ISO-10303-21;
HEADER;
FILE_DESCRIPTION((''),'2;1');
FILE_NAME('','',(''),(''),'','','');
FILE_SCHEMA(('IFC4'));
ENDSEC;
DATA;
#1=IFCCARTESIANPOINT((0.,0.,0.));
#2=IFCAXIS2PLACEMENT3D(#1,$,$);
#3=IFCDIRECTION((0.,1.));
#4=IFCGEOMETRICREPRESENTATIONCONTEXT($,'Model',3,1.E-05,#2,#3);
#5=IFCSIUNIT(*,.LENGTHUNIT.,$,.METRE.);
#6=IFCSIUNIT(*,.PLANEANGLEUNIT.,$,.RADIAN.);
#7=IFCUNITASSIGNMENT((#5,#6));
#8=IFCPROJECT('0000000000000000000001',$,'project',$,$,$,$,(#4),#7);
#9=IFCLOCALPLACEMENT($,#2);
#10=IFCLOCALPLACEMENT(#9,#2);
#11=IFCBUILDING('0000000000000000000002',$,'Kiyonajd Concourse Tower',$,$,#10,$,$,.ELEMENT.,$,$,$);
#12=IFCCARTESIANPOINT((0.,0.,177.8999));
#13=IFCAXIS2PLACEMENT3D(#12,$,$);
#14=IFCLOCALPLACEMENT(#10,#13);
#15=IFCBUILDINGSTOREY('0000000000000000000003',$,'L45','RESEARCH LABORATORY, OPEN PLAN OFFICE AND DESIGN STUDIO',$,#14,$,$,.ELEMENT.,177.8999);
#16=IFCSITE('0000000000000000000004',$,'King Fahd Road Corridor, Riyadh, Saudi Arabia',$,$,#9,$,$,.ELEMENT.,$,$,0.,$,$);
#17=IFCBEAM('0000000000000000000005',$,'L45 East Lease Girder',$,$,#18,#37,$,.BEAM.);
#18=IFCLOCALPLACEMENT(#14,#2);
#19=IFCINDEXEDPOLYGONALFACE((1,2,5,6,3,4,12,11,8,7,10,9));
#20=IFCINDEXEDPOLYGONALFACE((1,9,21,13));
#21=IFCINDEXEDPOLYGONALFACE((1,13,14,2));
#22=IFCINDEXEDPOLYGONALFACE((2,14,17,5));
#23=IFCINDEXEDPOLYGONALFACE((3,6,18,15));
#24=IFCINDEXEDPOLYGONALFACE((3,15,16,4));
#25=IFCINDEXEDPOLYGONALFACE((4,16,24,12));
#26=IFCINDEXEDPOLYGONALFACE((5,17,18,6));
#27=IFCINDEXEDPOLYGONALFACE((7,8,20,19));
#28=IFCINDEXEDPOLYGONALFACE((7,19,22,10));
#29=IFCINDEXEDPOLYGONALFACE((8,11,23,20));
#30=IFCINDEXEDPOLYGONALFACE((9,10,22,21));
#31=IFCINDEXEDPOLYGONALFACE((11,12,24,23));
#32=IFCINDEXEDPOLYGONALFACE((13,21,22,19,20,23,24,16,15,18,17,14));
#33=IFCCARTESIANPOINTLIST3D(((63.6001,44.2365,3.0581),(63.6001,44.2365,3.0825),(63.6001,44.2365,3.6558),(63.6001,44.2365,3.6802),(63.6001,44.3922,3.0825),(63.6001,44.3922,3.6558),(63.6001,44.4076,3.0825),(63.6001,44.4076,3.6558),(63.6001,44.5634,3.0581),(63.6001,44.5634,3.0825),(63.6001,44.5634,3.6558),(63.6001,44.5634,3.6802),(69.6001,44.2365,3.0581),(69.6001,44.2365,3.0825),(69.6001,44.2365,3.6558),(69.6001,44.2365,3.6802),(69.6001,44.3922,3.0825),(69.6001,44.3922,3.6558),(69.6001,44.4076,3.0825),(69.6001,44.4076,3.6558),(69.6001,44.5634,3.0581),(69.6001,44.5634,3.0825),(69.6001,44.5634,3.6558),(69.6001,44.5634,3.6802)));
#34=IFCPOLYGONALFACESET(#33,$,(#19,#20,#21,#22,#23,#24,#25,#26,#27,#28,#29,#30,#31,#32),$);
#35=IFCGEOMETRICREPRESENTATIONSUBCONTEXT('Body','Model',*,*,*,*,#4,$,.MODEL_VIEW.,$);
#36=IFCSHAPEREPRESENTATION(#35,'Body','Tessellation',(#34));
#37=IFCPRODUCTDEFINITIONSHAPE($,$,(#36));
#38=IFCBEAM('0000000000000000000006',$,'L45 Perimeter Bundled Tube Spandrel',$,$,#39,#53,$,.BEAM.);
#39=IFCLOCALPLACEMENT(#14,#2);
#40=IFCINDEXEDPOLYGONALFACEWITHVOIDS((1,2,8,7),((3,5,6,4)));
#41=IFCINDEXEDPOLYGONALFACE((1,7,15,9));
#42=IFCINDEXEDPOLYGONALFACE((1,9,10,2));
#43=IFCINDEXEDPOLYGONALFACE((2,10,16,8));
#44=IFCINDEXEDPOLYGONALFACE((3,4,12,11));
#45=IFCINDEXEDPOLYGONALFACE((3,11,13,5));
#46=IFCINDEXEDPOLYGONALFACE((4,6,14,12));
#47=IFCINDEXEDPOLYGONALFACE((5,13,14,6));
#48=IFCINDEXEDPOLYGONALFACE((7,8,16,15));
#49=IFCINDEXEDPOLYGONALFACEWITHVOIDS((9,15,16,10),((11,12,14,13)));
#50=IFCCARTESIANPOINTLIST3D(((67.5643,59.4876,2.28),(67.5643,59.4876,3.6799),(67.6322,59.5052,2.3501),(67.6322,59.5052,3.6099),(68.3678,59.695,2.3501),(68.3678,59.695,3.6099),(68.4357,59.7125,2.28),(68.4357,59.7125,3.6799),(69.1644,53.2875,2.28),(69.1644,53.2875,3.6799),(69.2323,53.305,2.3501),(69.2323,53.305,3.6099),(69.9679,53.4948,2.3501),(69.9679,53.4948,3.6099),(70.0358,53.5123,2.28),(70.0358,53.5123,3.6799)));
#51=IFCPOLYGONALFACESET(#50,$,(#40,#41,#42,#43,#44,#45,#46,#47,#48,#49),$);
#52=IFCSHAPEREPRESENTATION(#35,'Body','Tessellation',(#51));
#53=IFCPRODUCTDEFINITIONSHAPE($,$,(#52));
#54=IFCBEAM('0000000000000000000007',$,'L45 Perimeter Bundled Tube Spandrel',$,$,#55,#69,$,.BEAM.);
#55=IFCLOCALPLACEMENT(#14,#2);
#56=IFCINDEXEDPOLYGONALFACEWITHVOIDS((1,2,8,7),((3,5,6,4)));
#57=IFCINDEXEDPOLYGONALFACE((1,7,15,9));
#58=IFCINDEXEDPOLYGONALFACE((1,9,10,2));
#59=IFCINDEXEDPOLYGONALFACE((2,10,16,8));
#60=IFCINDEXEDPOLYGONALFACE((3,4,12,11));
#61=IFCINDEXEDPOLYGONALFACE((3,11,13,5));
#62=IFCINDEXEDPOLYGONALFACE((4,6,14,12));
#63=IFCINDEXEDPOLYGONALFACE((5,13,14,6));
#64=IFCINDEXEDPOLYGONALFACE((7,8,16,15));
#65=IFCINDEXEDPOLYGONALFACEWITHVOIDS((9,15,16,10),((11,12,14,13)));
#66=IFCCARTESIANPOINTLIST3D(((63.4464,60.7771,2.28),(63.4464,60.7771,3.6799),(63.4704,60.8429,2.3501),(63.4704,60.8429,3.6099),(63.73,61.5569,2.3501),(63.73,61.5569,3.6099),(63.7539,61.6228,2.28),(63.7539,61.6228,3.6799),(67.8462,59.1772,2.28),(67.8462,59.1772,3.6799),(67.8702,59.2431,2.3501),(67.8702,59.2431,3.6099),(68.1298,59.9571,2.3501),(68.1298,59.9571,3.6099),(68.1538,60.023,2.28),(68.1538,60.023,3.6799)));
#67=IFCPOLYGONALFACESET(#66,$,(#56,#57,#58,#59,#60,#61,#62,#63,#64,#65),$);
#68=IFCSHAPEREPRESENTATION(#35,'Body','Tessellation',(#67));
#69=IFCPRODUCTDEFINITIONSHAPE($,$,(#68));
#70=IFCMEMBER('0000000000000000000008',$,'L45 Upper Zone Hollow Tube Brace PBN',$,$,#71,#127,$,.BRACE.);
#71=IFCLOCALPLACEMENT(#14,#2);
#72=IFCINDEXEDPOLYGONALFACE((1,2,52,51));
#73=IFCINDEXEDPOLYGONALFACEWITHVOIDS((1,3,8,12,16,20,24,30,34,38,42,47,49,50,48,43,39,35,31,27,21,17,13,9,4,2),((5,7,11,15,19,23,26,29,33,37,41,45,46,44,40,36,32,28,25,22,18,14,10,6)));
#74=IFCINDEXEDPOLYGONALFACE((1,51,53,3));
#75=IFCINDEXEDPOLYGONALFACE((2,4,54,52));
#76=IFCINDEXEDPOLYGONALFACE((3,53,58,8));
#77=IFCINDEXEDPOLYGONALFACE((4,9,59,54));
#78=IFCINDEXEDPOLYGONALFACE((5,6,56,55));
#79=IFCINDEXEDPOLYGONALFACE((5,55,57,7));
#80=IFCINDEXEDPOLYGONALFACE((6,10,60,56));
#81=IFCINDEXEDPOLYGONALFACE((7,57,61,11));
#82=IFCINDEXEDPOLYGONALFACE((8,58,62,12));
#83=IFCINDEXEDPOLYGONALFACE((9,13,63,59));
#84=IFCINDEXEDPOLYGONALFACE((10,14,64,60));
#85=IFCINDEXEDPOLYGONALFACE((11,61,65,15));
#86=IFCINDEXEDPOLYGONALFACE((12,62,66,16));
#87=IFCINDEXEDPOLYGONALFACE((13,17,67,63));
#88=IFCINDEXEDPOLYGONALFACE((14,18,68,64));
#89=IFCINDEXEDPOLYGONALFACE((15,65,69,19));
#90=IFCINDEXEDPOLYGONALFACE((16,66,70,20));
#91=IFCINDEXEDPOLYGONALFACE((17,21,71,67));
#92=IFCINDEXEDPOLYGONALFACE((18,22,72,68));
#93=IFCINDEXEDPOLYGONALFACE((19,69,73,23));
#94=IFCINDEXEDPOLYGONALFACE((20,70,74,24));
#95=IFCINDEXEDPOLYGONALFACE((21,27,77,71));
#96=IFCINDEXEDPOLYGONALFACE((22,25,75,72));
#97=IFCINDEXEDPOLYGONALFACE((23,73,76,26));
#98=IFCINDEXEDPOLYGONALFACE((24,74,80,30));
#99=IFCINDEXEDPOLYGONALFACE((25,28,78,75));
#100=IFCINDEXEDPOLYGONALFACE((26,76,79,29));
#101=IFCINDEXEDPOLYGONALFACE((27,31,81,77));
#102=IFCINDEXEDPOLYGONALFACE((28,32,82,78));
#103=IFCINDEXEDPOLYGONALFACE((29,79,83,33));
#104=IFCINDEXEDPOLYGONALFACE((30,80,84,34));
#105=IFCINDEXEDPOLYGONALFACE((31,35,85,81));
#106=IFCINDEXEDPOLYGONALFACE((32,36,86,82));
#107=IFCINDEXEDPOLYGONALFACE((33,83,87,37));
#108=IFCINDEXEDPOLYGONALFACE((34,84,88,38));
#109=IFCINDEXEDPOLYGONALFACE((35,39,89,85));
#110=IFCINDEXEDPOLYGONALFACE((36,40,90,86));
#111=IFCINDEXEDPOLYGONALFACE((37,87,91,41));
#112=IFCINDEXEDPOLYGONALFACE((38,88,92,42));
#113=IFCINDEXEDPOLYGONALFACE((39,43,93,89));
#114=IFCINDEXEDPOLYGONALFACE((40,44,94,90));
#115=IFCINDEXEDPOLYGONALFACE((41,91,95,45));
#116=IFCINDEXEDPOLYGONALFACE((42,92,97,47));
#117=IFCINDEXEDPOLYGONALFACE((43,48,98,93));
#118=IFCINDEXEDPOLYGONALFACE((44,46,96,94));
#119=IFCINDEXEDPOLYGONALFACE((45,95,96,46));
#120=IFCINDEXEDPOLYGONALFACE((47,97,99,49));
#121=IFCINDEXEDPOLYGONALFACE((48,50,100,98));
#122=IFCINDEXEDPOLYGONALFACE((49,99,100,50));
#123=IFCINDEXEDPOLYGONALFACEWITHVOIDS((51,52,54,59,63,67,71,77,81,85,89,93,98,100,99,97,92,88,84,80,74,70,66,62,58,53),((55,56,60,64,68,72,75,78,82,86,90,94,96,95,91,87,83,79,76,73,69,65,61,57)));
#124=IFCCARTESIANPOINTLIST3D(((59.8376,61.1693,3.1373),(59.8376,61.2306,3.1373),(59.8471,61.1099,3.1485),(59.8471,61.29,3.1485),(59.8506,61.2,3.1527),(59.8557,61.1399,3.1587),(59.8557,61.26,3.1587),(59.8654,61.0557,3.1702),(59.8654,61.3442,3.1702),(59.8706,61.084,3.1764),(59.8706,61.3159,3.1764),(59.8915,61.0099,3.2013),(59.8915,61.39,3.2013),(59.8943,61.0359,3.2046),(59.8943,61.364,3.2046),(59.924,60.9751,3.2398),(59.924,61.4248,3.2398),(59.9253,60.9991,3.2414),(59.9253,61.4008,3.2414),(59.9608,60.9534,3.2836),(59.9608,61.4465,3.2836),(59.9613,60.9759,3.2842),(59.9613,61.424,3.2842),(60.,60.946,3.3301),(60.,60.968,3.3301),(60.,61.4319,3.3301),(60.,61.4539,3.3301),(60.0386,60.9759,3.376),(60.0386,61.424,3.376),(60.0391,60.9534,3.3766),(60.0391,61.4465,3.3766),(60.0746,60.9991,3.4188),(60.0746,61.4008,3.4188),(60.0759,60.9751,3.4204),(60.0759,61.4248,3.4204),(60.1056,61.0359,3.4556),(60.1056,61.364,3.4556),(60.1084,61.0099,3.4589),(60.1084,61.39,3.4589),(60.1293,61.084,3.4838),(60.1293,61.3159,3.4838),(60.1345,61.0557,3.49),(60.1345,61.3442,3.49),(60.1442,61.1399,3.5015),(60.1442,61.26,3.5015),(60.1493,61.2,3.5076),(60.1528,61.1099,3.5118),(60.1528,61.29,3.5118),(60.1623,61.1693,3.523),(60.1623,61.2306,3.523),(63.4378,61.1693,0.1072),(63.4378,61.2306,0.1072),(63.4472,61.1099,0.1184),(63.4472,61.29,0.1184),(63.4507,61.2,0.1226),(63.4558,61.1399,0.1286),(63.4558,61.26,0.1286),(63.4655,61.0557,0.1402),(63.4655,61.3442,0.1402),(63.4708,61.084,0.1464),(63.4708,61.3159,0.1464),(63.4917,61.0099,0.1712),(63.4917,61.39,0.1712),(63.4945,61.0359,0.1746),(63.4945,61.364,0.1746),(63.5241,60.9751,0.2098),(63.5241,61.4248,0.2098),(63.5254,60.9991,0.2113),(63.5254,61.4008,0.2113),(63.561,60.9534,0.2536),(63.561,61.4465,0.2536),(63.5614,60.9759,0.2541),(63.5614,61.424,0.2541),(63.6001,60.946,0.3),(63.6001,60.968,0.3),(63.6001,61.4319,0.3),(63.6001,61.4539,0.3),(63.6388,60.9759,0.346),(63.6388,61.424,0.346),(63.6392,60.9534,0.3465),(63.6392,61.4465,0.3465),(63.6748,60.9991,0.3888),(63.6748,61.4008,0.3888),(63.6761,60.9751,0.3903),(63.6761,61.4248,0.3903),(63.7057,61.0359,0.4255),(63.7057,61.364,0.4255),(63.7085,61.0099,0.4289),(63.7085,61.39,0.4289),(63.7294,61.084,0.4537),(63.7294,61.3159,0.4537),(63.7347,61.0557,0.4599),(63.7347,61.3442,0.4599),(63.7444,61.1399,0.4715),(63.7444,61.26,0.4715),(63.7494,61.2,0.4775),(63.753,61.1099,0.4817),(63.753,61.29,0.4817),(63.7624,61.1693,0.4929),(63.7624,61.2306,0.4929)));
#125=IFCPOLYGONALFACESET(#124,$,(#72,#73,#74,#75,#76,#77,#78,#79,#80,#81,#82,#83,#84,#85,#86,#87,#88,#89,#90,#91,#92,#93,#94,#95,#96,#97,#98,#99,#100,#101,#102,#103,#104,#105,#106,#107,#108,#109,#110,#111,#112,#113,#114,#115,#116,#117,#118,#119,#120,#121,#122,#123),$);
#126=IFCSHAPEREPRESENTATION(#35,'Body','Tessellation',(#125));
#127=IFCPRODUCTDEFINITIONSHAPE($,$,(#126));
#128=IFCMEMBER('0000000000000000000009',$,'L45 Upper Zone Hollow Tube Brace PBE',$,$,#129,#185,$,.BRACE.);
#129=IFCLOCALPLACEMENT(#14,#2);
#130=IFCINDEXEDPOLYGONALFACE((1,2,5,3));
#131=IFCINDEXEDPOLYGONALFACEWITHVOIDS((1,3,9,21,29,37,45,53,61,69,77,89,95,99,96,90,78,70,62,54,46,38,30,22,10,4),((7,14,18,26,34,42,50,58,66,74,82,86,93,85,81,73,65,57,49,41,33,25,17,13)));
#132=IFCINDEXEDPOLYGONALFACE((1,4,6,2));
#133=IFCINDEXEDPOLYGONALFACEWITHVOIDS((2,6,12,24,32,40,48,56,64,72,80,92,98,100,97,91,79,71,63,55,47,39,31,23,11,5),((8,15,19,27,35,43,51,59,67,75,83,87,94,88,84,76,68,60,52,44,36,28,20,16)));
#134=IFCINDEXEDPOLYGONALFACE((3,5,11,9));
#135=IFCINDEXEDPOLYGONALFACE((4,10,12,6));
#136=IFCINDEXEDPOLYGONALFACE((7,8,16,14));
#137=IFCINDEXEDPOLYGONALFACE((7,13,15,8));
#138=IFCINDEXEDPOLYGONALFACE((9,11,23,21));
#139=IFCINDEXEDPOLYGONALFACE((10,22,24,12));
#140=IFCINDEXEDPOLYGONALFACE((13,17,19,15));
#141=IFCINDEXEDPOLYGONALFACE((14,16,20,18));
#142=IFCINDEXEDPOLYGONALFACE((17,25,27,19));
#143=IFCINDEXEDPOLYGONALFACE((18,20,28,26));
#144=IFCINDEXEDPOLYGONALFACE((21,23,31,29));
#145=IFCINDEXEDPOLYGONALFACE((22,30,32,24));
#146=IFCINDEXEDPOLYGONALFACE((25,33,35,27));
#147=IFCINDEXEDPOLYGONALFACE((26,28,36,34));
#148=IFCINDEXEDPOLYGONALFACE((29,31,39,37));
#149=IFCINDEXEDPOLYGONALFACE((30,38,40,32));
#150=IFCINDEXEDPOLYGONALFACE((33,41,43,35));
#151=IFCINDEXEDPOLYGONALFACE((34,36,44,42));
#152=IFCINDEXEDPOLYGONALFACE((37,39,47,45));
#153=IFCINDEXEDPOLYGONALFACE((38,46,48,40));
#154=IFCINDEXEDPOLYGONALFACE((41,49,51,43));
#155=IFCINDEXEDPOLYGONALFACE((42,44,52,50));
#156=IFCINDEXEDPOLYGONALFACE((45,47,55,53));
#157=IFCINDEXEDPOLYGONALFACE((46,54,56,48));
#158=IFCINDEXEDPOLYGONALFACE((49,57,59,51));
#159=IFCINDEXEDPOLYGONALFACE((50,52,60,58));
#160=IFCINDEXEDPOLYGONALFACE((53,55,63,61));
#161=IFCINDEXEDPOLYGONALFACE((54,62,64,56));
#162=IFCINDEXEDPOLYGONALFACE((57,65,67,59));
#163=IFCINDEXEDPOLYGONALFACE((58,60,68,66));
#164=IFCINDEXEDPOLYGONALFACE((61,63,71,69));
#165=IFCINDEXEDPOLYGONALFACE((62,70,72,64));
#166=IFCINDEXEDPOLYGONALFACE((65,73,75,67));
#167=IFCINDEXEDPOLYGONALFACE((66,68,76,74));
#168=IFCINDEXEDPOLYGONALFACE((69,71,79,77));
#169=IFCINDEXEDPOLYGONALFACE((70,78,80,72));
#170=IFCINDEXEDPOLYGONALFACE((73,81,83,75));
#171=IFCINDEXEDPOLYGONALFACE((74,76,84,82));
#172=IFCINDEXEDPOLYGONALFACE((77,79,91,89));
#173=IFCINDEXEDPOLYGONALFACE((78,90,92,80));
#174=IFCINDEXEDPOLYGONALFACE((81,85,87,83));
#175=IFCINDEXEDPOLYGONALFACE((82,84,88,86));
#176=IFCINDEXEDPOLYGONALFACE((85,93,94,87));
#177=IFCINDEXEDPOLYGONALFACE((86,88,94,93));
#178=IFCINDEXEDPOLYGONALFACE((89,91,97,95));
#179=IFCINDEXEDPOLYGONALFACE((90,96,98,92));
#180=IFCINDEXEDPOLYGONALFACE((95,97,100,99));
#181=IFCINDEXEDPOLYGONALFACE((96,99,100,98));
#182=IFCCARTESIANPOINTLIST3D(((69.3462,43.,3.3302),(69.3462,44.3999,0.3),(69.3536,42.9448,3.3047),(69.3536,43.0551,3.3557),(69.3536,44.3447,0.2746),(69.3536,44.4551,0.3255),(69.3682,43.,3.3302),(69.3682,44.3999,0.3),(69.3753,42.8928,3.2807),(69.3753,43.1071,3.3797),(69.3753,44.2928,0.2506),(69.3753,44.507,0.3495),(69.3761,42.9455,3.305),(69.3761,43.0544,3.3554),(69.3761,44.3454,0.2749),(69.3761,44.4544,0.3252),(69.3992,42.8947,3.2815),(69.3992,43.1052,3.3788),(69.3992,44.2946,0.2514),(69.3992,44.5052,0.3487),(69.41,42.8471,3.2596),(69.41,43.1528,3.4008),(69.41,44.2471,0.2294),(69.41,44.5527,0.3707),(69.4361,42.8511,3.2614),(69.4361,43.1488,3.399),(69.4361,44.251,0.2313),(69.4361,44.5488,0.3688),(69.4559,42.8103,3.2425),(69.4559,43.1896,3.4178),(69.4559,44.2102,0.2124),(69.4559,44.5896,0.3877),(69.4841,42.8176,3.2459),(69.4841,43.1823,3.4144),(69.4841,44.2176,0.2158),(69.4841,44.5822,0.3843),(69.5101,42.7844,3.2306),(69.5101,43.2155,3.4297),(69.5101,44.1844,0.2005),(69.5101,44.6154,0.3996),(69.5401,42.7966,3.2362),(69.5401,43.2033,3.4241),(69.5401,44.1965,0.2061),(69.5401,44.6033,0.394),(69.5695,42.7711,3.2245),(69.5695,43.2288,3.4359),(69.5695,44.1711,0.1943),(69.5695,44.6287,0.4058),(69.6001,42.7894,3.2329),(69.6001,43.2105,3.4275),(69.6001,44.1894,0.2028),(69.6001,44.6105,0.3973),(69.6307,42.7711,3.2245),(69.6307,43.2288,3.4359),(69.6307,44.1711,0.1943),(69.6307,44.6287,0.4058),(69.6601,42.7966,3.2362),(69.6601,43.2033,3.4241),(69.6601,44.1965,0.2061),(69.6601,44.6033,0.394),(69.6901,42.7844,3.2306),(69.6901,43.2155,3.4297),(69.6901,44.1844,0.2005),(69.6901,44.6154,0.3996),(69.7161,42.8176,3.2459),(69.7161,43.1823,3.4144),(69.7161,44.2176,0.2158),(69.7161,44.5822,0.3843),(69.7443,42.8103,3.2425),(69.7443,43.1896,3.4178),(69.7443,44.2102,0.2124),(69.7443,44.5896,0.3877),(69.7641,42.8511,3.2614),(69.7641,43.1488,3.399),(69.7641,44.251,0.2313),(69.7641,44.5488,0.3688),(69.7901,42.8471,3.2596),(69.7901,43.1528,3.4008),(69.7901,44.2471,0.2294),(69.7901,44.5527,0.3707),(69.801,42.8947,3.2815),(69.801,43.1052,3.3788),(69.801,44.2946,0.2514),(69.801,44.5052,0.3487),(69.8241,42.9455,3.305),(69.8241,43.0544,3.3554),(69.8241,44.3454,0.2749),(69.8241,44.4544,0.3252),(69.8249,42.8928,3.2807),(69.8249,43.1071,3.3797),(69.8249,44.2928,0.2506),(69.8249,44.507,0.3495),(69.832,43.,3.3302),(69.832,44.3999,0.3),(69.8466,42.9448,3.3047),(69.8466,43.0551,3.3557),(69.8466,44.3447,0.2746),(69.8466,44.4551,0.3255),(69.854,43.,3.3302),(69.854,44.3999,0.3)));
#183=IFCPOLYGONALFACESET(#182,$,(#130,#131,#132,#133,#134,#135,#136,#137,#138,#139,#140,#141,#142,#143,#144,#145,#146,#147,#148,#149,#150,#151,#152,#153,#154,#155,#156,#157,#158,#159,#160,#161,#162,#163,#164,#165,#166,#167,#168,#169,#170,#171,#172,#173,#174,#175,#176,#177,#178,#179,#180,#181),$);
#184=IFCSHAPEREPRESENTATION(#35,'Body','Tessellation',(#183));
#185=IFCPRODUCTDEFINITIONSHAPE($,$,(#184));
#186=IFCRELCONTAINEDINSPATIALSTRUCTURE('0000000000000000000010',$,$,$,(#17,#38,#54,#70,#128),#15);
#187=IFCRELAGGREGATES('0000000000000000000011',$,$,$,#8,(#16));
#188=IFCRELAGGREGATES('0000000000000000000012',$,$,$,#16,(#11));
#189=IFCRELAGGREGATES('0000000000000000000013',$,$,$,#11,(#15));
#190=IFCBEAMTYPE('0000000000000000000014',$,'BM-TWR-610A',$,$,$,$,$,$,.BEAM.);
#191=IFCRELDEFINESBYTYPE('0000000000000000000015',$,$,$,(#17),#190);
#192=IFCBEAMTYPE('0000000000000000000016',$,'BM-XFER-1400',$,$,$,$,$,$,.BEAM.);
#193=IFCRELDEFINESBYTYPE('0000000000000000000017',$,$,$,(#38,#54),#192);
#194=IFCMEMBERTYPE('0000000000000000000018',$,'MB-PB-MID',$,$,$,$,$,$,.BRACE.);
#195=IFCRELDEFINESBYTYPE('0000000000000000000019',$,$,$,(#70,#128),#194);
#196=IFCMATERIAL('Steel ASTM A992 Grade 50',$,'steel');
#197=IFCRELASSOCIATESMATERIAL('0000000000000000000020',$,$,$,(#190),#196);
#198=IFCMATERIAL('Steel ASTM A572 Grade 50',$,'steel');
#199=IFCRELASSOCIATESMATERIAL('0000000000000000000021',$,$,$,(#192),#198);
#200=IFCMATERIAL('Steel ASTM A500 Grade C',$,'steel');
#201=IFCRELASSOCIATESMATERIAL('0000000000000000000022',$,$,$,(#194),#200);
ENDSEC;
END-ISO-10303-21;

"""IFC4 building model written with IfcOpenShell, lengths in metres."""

from ifc_helpers import new_model, si_unit, direction, frame, origin, origin_2d, place, context, subcontext, project, spatial, hollow_rectangle, hollow_circle, i_section, extrude, material, material_profile, profile_set, type_object, element, save


model = new_model("IFC4")

# Units and contexts
model_context = context("Model", 3, precision=1e-05, world=origin(), true_north=direction((0.0, 1.0)))
body_context = subcontext(model_context, "Body", "Model", "MODEL_VIEW")
ifc_project = project(units=[si_unit("LENGTHUNIT", "METRE"), si_unit("PLANEANGLEUNIT", "RADIAN")], contexts=[model_context])

# Site, building, storey
site_placement = place(None, origin())
site = spatial("IfcSite", under=ifc_project, at=site_placement, Name="King Fahd Road Corridor, Riyadh, Saudi Arabia", CompositionType="ELEMENT", RefElevation=0.0)
building_placement = place(site_placement, origin())
building = spatial("IfcBuilding", under=site, at=building_placement, Name="Kiyonajd Concourse Tower", CompositionType="ELEMENT")
storey_placement = place(building_placement, frame((0.0, 0.0, 177.8999)))
storey = spatial("IfcBuildingStorey", under=building, at=storey_placement, Name="L45", Description="RESEARCH LABORATORY, OPEN PLAN OFFICE AND DESIGN STUDIO", CompositionType="ELEMENT", Elevation=177.8999)

# Beams
ifc_material_1 = material(Name="Steel ASTM A992 Grade 50", Category="steel")
ifc_material_profile_1 = material_profile(ifc_material_1, i_section(OverallWidth=0.3269, OverallDepth=0.6221, WebThickness=0.0154, FlangeThickness=0.0244, at=origin_2d()), Name="W610X195")
ifc_profile_set_1 = profile_set([ifc_material_profile_1], Name="Steel ASTM A992 Grade 50")
beam_type_1 = type_object("IfcBeamType", Name="BM-TWR-610A", PredefinedType="BEAM", material=ifc_profile_set_1)
beam_1_placement = place(storey_placement, frame((63.6001, 44.3999, 3.3691), z_axis=(1.0, 0.0, 0.0), x_axis=(0.0, 1.0, 0.0)))
element("IfcBeam", 1, at=beam_1_placement, inside=storey, type_object=beam_type_1, Name="L45 East Lease Girder", PredefinedType="BEAM", context=body_context, shape_type="SweptSolid", body=[
    extrude(i_section(OverallWidth=0.3269, OverallDepth=0.6221, WebThickness=0.0154, FlangeThickness=0.0244, at=origin_2d()), origin(), (0.0, 0.0, 1.0), 6.0),
])
ifc_material_2 = material(Name="Steel ASTM A572 Grade 50", Category="steel")
ifc_material_profile_2 = material_profile(ifc_material_2, hollow_rectangle(XDim=0.8999, YDim=1.3999, WallThickness=0.0701, at=origin_2d()), Name="BOX-1400x900x70")
ifc_profile_set_2 = profile_set([ifc_material_profile_2], Name="Steel ASTM A572 Grade 50")
beam_type_2 = type_object("IfcBeamType", Name="BM-XFER-1400", PredefinedType="BEAM", material=ifc_profile_set_2)
beam_2_placement = place(storey_placement, frame((69.6001, 53.3999, 2.98), z_axis=(-0.249885, 0.968276, 0.0), x_axis=(-0.968276, -0.249885, 0.0)))
element("IfcBeam", 2, at=beam_2_placement, inside=storey, type_object=beam_type_2, Name="L45 Perimeter Bundled Tube Spandrel", PredefinedType="BEAM", context=body_context, shape_type="SweptSolid", body=[
    extrude(hollow_rectangle(XDim=0.8999, YDim=1.3999, WallThickness=0.0701, at=origin_2d()), origin(), (0.0, 0.0, 1.0), 6.4033),
])
beam_3_placement = place(storey_placement, frame((68.0, 59.6001, 2.98), z_axis=(-0.939801, 0.341722, 0.0), x_axis=(-0.341722, -0.939801, 0.0)))
element("IfcBeam", 3, at=beam_3_placement, inside=storey, type_object=beam_type_2, Name="L45 Perimeter Bundled Tube Spandrel", PredefinedType="BEAM", context=body_context, shape_type="SweptSolid", body=[
    extrude(hollow_rectangle(XDim=0.8999, YDim=1.3999, WallThickness=0.0701, at=origin_2d()), origin(), (0.0, 0.0, 1.0), 4.6816),
])

# Members
ifc_material_3 = material(Name="Steel ASTM A500 Grade C", Category="steel")
ifc_material_profile_3 = material_profile(ifc_material_3, hollow_circle(Radius=0.2539, WallThickness=0.022, at=origin_2d()), Name="CHS-508x22")
ifc_profile_set_3 = profile_set([ifc_material_profile_3], Name="Steel ASTM A500 Grade C")
member_type = type_object("IfcMemberType", Name="MB-PB-MID", PredefinedType="BRACE", material=ifc_profile_set_3)
member_1_placement = place(storey_placement, frame((63.6001, 61.2, 0.3), z_axis=(-0.765082, 0.0, 0.643933), x_axis=(0.0, -1.0, 0.0)))
element("IfcMember", 4, at=member_1_placement, inside=storey, type_object=member_type, Name="L45 Upper Zone Hollow Tube Brace PBN", PredefinedType="BRACE", context=body_context, shape_type="SweptSolid", body=[
    extrude(hollow_circle(Radius=0.2539, WallThickness=0.022, at=origin_2d()), origin(), (0.0, 0.0, 1.0), 4.7056),
])
member_2_placement = place(storey_placement, frame((69.6001, 44.3999, 0.3), z_axis=(0.0, -0.419411, 0.907797), x_axis=(1.0, 0.0, 0.0)))
element("IfcMember", 5, at=member_2_placement, inside=storey, type_object=member_type, Name="L45 Upper Zone Hollow Tube Brace PBE", PredefinedType="BRACE", context=body_context, shape_type="SweptSolid", body=[
    extrude(hollow_circle(Radius=0.2539, WallThickness=0.022, at=origin_2d()), origin(), (0.0, 0.0, 1.0), 3.3379),
])

save(model, "model.ifc")
